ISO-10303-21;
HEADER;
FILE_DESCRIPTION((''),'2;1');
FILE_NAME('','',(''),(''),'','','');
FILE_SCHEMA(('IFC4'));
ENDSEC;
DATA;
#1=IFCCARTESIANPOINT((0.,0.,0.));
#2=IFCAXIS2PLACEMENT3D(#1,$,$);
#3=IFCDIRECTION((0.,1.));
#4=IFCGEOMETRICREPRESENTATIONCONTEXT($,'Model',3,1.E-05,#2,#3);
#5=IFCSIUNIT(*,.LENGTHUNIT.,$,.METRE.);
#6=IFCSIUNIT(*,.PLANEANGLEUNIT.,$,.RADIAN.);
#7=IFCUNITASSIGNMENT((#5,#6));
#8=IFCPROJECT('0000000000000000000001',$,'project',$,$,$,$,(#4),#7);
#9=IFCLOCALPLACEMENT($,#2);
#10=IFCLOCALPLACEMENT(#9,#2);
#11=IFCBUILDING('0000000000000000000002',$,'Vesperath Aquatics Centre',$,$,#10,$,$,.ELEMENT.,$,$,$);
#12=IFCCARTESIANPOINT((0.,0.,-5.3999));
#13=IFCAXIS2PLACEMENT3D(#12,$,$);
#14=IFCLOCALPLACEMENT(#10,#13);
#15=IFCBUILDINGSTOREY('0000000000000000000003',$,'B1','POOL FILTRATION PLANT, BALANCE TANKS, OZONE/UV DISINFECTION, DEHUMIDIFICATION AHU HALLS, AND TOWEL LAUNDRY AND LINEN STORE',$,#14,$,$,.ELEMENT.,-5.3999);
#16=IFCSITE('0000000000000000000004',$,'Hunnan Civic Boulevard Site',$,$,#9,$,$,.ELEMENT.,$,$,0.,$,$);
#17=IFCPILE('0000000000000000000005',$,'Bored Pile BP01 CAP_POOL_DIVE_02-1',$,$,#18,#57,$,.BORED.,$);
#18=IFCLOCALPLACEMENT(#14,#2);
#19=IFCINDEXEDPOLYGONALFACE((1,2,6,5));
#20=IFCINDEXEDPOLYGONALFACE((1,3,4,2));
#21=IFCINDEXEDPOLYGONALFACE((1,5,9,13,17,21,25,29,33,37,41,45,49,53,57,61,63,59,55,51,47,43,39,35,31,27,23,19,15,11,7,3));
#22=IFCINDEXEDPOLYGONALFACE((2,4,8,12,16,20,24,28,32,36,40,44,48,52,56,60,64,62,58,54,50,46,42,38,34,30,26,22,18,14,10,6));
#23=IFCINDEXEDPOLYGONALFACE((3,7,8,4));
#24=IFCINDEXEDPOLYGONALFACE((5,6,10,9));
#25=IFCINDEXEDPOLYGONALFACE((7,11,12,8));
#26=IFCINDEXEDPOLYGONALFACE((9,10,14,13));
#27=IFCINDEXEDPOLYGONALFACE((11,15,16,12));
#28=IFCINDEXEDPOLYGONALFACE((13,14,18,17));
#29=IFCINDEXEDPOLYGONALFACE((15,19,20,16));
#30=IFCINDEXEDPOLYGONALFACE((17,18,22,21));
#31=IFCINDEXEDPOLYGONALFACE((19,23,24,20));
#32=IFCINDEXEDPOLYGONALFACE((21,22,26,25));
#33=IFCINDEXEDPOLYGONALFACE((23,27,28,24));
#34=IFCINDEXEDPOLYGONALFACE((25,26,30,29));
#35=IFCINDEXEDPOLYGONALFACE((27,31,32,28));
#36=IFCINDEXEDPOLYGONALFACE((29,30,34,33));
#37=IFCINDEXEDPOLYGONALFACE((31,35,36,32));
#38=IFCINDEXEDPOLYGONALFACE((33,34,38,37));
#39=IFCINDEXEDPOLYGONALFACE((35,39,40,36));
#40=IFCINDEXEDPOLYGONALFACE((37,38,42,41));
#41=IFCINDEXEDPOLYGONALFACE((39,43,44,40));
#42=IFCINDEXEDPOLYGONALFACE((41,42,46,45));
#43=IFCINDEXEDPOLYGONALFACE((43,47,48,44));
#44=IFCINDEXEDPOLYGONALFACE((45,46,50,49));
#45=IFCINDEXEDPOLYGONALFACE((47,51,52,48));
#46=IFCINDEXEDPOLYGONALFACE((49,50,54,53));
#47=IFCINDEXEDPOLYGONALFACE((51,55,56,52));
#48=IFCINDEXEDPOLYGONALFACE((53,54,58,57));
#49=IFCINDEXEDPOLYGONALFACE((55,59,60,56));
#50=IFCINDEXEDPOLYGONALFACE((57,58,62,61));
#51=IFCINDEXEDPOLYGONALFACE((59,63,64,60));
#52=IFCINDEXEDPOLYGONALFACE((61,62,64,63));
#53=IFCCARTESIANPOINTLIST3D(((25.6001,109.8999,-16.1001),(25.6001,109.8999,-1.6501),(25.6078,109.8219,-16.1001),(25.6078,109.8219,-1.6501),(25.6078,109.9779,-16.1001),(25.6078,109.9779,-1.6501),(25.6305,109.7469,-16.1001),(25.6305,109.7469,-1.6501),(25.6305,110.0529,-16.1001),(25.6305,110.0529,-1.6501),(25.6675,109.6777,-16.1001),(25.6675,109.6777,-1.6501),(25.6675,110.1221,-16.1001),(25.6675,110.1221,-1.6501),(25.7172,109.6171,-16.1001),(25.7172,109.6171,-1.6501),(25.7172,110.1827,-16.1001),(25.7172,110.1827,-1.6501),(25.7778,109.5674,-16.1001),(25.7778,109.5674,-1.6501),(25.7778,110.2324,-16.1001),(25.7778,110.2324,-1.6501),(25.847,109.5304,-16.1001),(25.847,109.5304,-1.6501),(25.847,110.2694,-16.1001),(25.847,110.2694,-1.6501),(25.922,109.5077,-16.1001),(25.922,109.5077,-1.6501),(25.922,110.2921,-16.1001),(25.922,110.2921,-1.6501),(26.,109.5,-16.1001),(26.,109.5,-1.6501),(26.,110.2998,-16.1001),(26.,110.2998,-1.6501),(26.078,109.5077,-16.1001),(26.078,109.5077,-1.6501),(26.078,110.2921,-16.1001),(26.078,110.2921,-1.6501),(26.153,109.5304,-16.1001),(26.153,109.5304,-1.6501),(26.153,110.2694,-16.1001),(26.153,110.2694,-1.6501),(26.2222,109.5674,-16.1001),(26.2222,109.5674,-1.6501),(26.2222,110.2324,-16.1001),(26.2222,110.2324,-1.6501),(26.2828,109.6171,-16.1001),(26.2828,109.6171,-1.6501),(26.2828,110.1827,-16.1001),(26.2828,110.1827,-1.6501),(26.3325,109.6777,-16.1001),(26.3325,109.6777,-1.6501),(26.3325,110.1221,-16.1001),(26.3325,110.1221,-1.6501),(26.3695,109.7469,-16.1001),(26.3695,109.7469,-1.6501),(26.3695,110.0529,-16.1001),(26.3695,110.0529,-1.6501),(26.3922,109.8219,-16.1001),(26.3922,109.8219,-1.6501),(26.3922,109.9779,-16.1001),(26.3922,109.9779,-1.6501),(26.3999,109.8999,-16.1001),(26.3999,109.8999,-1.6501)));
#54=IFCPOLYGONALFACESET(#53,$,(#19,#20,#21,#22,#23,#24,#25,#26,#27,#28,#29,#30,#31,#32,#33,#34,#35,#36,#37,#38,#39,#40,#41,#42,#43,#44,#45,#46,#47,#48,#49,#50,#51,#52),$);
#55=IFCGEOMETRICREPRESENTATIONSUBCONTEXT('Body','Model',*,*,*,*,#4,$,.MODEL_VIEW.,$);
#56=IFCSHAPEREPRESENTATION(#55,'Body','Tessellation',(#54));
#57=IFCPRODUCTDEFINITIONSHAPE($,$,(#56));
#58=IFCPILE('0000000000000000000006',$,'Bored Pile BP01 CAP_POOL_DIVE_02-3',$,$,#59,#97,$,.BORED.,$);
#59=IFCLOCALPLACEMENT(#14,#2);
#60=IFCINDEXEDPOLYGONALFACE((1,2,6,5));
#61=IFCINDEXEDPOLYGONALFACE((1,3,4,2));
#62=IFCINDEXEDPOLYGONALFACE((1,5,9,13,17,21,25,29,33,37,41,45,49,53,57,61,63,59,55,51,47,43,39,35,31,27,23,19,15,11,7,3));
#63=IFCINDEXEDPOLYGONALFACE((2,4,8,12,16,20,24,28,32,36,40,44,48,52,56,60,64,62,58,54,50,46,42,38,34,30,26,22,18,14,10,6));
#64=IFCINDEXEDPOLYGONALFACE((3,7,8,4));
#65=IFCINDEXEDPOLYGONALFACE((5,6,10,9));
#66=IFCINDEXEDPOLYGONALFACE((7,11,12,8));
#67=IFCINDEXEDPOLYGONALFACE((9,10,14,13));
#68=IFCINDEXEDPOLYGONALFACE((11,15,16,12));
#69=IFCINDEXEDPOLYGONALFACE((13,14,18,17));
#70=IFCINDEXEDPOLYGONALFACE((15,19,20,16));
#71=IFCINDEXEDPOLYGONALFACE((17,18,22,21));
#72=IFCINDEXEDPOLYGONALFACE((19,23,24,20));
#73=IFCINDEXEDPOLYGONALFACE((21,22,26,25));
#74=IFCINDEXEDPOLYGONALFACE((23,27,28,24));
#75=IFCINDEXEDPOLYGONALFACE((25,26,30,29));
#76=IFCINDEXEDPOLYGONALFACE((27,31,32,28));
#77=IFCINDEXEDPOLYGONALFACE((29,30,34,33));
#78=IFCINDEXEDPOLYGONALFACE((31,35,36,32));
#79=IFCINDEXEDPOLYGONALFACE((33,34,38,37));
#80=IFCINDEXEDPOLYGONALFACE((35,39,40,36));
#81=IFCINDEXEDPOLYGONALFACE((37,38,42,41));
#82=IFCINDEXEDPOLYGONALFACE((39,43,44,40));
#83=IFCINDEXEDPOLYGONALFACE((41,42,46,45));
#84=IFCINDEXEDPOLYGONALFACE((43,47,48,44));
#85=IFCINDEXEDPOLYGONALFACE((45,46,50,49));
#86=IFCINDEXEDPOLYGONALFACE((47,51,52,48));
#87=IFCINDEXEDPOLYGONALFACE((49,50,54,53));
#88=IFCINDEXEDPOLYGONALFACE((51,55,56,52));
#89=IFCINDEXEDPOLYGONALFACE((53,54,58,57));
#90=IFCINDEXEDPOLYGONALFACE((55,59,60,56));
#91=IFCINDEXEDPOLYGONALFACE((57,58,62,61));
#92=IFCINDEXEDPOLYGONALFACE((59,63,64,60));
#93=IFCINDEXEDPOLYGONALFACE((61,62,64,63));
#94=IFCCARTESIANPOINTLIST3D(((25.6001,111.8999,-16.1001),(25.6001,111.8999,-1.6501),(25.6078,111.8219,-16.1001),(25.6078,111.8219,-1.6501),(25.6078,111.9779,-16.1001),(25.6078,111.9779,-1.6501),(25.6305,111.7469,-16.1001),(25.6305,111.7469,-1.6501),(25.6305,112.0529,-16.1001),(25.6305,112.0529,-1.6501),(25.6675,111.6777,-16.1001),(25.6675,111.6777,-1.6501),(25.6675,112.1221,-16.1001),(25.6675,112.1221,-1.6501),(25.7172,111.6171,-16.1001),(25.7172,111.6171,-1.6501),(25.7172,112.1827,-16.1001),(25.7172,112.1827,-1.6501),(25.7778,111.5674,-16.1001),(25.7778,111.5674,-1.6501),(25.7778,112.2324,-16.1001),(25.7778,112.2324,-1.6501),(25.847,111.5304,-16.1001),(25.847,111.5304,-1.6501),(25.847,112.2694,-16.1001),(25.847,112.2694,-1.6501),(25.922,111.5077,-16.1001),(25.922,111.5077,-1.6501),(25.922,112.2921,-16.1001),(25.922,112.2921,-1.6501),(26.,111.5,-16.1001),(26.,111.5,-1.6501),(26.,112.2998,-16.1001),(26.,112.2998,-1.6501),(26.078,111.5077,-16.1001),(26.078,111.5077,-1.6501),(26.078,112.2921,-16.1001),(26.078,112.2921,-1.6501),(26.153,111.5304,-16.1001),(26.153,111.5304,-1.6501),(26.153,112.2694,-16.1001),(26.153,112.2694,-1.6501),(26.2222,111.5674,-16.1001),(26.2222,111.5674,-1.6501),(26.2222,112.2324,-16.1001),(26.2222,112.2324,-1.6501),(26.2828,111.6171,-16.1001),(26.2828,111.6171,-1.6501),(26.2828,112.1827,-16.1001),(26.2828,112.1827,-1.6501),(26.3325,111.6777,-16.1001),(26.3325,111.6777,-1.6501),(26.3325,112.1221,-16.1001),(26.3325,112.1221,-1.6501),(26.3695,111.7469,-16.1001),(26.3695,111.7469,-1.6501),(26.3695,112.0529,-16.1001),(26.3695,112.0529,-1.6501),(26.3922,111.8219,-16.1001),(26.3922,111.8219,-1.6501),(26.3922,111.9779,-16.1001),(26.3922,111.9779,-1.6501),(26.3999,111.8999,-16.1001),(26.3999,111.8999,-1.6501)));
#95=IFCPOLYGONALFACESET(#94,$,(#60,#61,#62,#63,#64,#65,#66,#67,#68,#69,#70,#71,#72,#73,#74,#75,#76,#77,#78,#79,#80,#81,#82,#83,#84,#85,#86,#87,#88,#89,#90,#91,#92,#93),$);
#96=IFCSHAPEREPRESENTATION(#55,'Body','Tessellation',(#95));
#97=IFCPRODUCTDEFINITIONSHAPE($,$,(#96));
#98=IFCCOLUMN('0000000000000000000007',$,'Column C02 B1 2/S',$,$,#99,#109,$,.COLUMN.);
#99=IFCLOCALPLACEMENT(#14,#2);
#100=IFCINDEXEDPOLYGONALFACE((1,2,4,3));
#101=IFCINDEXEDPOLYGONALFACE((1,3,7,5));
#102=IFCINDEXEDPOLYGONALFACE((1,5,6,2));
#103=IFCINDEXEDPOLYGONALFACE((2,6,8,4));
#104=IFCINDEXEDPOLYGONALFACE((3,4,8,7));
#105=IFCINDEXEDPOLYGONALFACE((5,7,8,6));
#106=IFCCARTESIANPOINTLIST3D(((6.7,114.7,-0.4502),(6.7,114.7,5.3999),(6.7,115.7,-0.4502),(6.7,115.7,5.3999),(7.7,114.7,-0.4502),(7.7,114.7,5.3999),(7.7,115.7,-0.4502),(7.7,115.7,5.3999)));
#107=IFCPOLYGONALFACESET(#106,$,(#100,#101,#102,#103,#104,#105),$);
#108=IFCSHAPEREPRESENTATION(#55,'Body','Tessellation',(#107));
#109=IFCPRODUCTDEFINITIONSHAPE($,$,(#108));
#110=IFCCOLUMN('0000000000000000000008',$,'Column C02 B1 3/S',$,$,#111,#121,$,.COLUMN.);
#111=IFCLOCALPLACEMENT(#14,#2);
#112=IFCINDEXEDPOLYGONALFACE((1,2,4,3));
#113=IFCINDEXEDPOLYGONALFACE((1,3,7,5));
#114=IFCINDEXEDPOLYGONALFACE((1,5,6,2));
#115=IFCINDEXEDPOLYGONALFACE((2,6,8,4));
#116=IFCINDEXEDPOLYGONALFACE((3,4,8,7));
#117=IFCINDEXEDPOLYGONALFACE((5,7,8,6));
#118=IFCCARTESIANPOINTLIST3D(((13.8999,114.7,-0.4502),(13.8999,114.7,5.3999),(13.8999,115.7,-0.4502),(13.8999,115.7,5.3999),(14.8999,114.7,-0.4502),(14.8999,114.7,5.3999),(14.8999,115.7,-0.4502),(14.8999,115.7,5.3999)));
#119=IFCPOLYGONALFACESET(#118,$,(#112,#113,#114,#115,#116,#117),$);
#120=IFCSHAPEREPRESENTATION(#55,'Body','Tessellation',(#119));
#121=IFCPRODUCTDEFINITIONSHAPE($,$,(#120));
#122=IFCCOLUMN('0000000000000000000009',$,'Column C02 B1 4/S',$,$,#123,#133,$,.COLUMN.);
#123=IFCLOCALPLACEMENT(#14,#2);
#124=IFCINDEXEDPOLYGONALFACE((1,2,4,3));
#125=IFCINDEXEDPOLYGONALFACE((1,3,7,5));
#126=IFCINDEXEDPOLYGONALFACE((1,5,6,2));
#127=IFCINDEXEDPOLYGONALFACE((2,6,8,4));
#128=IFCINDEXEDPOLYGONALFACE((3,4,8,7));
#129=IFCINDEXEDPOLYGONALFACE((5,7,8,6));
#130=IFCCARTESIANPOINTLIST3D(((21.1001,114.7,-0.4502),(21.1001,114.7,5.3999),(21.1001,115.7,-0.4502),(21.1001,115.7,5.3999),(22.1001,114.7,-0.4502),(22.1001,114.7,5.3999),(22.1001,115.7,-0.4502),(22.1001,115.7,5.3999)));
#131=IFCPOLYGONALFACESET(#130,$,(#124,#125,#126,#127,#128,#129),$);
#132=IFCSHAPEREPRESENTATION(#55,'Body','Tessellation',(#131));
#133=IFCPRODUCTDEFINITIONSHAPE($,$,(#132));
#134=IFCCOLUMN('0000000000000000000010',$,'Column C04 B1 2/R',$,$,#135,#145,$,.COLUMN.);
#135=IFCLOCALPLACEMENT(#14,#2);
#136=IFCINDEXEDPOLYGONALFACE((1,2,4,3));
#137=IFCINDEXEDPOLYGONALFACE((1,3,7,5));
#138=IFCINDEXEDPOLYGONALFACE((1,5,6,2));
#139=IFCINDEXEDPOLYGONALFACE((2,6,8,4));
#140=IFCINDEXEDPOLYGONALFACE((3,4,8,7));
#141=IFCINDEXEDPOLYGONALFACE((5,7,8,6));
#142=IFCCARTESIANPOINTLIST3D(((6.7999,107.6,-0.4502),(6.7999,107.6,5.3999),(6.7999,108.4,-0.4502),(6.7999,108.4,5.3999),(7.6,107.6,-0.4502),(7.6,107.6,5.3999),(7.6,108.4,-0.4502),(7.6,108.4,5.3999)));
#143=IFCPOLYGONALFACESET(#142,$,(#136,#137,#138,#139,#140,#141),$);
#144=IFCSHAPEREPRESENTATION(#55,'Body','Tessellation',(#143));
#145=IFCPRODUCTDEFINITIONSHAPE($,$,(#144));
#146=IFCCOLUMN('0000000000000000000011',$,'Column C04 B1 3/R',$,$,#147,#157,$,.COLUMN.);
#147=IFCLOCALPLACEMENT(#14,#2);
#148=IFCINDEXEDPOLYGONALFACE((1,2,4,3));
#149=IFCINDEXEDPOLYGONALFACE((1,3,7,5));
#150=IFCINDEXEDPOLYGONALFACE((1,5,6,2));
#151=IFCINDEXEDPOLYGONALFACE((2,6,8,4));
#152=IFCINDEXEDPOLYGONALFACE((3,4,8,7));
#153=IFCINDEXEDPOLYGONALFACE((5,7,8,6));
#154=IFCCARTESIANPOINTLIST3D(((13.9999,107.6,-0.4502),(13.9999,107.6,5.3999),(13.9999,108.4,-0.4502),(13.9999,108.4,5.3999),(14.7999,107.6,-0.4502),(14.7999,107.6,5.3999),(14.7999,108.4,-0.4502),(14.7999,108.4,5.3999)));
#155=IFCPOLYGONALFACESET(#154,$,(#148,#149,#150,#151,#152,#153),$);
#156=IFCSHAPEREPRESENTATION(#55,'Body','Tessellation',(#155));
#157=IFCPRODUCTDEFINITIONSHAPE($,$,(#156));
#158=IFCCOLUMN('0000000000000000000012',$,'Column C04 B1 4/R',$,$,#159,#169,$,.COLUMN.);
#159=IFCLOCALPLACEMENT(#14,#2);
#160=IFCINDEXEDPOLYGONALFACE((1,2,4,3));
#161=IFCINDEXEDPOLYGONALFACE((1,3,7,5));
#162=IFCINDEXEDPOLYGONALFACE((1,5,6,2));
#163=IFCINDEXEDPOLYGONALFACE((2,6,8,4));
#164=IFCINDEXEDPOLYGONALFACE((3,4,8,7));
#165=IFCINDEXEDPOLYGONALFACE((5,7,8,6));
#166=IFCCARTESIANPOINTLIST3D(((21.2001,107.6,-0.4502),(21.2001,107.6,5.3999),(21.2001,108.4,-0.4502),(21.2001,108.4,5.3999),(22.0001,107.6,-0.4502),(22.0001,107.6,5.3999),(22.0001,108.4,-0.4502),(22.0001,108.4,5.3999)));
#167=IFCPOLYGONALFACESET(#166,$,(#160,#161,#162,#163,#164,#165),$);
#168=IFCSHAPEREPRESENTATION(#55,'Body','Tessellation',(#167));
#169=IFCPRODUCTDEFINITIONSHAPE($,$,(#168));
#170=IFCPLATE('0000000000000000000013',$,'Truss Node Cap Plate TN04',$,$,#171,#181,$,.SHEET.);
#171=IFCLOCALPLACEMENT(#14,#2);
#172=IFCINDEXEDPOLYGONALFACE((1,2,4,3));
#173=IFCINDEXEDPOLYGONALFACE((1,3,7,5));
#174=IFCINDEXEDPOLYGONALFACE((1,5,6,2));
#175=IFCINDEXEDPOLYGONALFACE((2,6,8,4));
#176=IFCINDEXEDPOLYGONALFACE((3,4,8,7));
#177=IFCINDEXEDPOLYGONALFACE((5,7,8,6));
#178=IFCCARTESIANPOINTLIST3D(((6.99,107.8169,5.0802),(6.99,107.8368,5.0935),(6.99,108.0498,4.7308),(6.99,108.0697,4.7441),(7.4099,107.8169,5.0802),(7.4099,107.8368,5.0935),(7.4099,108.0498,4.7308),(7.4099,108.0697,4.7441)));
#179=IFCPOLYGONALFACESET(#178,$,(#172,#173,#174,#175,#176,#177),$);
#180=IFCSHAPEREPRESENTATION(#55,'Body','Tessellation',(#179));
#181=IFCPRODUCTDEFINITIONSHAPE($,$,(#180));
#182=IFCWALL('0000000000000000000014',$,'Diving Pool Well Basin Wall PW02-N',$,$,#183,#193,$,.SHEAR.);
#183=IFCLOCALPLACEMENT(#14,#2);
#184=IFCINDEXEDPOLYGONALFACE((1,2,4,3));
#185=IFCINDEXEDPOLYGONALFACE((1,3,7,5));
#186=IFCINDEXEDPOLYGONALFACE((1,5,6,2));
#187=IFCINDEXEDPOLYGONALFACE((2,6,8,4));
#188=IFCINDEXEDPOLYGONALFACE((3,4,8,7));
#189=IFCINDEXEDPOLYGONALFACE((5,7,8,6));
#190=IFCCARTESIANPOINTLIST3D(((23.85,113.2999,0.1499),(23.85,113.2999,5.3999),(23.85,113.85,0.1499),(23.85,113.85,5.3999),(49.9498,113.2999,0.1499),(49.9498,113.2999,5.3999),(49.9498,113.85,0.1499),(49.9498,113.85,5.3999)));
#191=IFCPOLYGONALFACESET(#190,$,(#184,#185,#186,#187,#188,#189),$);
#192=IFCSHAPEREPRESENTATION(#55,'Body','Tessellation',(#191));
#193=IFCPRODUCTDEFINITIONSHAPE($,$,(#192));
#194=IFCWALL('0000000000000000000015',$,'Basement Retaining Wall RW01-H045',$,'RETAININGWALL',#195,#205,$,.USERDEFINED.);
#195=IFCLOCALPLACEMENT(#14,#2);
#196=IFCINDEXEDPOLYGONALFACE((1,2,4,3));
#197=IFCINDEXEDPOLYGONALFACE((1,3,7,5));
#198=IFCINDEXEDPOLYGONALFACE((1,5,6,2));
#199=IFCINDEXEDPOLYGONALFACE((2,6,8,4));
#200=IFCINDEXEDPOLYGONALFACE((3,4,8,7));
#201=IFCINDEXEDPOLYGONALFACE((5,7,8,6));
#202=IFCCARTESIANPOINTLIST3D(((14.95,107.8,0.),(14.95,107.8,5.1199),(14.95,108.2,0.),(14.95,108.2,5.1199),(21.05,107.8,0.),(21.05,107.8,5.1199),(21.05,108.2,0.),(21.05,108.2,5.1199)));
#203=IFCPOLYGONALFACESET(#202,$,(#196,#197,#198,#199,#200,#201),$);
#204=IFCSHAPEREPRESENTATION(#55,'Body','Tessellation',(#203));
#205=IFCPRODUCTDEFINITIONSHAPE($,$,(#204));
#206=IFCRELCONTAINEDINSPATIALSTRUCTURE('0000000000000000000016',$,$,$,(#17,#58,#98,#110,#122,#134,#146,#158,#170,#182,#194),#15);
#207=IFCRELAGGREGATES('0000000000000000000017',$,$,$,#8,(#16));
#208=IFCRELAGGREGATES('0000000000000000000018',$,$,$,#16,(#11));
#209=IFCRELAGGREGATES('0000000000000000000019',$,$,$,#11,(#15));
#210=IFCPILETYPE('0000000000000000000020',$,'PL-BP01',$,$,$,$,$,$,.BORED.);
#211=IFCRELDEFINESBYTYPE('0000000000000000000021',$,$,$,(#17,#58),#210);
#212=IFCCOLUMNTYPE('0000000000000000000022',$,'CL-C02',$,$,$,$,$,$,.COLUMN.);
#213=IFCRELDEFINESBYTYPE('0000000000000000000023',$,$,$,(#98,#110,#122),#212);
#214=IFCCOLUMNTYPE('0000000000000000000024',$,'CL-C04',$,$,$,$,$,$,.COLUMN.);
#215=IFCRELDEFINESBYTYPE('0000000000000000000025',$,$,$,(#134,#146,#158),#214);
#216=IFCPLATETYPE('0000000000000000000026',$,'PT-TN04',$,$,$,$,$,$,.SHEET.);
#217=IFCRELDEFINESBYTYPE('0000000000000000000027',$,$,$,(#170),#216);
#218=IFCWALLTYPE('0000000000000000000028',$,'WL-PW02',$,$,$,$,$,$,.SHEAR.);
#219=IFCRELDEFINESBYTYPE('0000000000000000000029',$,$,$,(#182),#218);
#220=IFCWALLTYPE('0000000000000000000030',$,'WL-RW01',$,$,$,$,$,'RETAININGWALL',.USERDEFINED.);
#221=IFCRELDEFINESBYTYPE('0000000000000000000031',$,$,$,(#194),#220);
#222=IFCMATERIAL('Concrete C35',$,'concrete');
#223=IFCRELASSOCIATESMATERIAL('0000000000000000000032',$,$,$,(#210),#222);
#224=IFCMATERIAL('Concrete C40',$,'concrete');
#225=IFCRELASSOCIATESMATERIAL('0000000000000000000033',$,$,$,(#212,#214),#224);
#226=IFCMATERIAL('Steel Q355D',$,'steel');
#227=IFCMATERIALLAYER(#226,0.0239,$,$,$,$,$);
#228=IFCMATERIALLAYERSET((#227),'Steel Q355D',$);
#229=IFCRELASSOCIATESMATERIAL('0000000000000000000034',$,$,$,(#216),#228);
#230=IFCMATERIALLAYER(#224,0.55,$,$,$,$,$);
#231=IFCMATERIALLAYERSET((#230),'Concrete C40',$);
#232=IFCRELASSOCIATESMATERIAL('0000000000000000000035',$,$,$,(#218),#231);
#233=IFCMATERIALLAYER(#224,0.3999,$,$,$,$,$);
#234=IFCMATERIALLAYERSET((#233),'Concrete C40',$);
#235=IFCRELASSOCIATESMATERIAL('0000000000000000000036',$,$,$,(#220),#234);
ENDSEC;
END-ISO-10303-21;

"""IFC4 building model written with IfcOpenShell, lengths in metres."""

from ifc_helpers import new_model, si_unit, direction, frame, frame_2d, origin, origin_2d, place, context, subcontext, project, spatial, rectangle, circle, extrude, material, layer, layer_set, material_profile, profile_set, type_object, element, save


model = new_model("IFC4")

# Units and contexts
model_context = context("Model", 3, precision=1e-05, world=origin(), true_north=direction((0.0, 1.0)))
body_context = subcontext(model_context, "Body", "Model", "MODEL_VIEW")
ifc_project = project(units=[si_unit("LENGTHUNIT", "METRE"), si_unit("PLANEANGLEUNIT", "RADIAN")], contexts=[model_context])

# Site, building, storey
site_placement = place(None, origin())
site = spatial("IfcSite", under=ifc_project, at=site_placement, Name="Hunnan Civic Boulevard Site", CompositionType="ELEMENT", RefElevation=0.0)
building_placement = place(site_placement, origin())
building = spatial("IfcBuilding", under=site, at=building_placement, Name="Vesperath Aquatics Centre", CompositionType="ELEMENT")
storey_placement = place(building_placement, frame((0.0, 0.0, -5.3999)))
storey = spatial("IfcBuildingStorey", under=building, at=storey_placement, Name="B1", Description="POOL FILTRATION PLANT, BALANCE TANKS, OZONE/UV DISINFECTION, DEHUMIDIFICATION AHU HALLS, AND TOWEL LAUNDRY AND LINEN STORE", CompositionType="ELEMENT", Elevation=-5.3999)

# Shared definitions
ifc_material_1 = material(Name="Concrete C40", Category="concrete")

# Piles
ifc_material_2 = material(Name="Concrete C35", Category="concrete")
ifc_material_profile_1 = material_profile(ifc_material_2, circle(Radius=0.3999, at=origin_2d()), Name="PILE D800")
ifc_profile_set_1 = profile_set([ifc_material_profile_1], Name="Concrete C35")
pile_type = type_object("IfcPileType", Name="PL-BP01", PredefinedType="BORED", material=ifc_profile_set_1)
for number, where, z_axis, x_axis, name in (
    (1, (26.0, 109.8999, -1.6501), (0.0, 0.0, -1.0), (1.0, 0.0, 0.0), "Bored Pile BP01 CAP_POOL_DIVE_02-1"),
    (2, (26.0, 111.8999, -1.6501), (0.0, 0.0, -1.0), (1.0, 0.0, 0.0), "Bored Pile BP01 CAP_POOL_DIVE_02-3"),
):
    element("IfcPile", number, at=place(storey_placement, frame(where, z_axis=z_axis, x_axis=x_axis)), inside=storey, type_object=pile_type, Name=name, PredefinedType="BORED", context=body_context, shape_type="SweptSolid", body=[
        extrude(circle(Radius=0.3999, at=origin_2d()), origin(), (0.0, 0.0, 1.0), 14.45),
    ])

# Columns
ifc_material_profile_2 = material_profile(ifc_material_1, rectangle(XDim=1.0, YDim=1.0, at=origin_2d()), Name="RC 1000x1000")
ifc_profile_set_2 = profile_set([ifc_material_profile_2], Name="Concrete C40")
column_type_1 = type_object("IfcColumnType", Name="CL-C02", PredefinedType="COLUMN", material=ifc_profile_set_2)
for number, where, z_axis, x_axis, name in (
    (3, (7.2, 115.2, -0.4502), (0.0, 0.0, 1.0), (1.0, 0.0, 0.0), "Column C02 B1 2/S"),
    (4, (14.3999, 115.2, -0.4502), (0.0, 0.0, 1.0), (1.0, 0.0, 0.0), "Column C02 B1 3/S"),
    (5, (21.6001, 115.2, -0.4502), (0.0, 0.0, 1.0), (1.0, 0.0, 0.0), "Column C02 B1 4/S"),
):
    element("IfcColumn", number, at=place(storey_placement, frame(where, z_axis=z_axis, x_axis=x_axis)), inside=storey, type_object=column_type_1, Name=name, PredefinedType="COLUMN", context=body_context, shape_type="SweptSolid", body=[
        extrude(rectangle(XDim=1.0, YDim=1.0, at=origin_2d()), origin(), (0.0, 0.0, 1.0), 5.8501),
    ])
ifc_material_profile_3 = material_profile(ifc_material_1, rectangle(XDim=0.8, YDim=0.8, at=origin_2d()), Name="RC 800x800")
ifc_profile_set_3 = profile_set([ifc_material_profile_3], Name="Concrete C40")
column_type_2 = type_object("IfcColumnType", Name="CL-C04", PredefinedType="COLUMN", material=ifc_profile_set_3)
for number, where, z_axis, x_axis, name in (
    (6, (7.2, 108.0, -0.4502), (0.0, 0.0, 1.0), (1.0, 0.0, 0.0), "Column C04 B1 2/R"),
    (7, (14.3999, 108.0, -0.4502), (0.0, 0.0, 1.0), (1.0, 0.0, 0.0), "Column C04 B1 3/R"),
    (8, (21.6001, 108.0, -0.4502), (0.0, 0.0, 1.0), (1.0, 0.0, 0.0), "Column C04 B1 4/R"),
):
    element("IfcColumn", number, at=place(storey_placement, frame(where, z_axis=z_axis, x_axis=x_axis)), inside=storey, type_object=column_type_2, Name=name, PredefinedType="COLUMN", context=body_context, shape_type="SweptSolid", body=[
        extrude(rectangle(XDim=0.8, YDim=0.8, at=origin_2d()), origin(), (0.0, 0.0, 1.0), 5.8501),
    ])

# Plate
ifc_material_3 = material(Name="Steel Q355D", Category="steel")
ifc_layer_1 = layer(ifc_material_3, 0.0239)
ifc_layer_set_1 = layer_set([ifc_layer_1], Name="Steel Q355D")
plate_type = type_object("IfcPlateType", Name="PT-TN04", PredefinedType="SHEET", material=ifc_layer_set_1)
plate_placement = place(storey_placement, frame((7.2, 107.9333, 4.9055), z_axis=(0.0, 0.83205, 0.5547), x_axis=(-1.0, 0.0, 0.0)))
element("IfcPlate", 9, at=plate_placement, inside=storey, type_object=plate_type, Name="Truss Node Cap Plate TN04", PredefinedType="SHEET", context=body_context, shape_type="SweptSolid", body=[
    extrude(rectangle(XDim=0.4199, YDim=0.4199, at=origin_2d()), origin(), (0.0, 0.0, 1.0), 0.0239),
])

# Walls
ifc_layer_2 = layer(ifc_material_1, 0.55)
ifc_layer_set_2 = layer_set([ifc_layer_2], Name="Concrete C40")
wall_type_1 = type_object("IfcWallType", Name="WL-PW02", PredefinedType="SHEAR", material=ifc_layer_set_2)
wall_1_placement = place(storey_placement, frame((23.8501, 113.575, 0.1499), z_axis=(0.0, 0.0, 1.0), x_axis=(1.0, 0.0, 0.0)))
element("IfcWall", 10, at=wall_1_placement, inside=storey, type_object=wall_type_1, Name="Diving Pool Well Basin Wall PW02-N", PredefinedType="SHEAR", context=body_context, shape_type="SweptSolid", body=[
    extrude(rectangle(XDim=26.0999, YDim=0.55, at=frame_2d((13.0498, 0.0))), origin(), (0.0, 0.0, 1.0), 5.25),
])
ifc_layer_3 = layer(ifc_material_1, 0.3999)
ifc_layer_set_3 = layer_set([ifc_layer_3], Name="Concrete C40")
wall_type_2 = type_object("IfcWallType", Name="WL-RW01", ElementType="RETAININGWALL", PredefinedType="USERDEFINED", material=ifc_layer_set_3)
wall_2_placement = place(storey_placement, frame((14.95, 108.0, 0.0), z_axis=(0.0, 0.0, 1.0), x_axis=(1.0, 0.0, 0.0)))
element("IfcWall", 11, at=wall_2_placement, inside=storey, type_object=wall_type_2, Name="Basement Retaining Wall RW01-H045", ObjectType="RETAININGWALL", PredefinedType="USERDEFINED", context=body_context, shape_type="SweptSolid", body=[
    extrude(rectangle(XDim=6.1001, YDim=0.3999, at=frame_2d((3.05, 0.0))), origin(), (0.0, 0.0, 1.0), 5.1199),
])

save(model, "model.ifc")
